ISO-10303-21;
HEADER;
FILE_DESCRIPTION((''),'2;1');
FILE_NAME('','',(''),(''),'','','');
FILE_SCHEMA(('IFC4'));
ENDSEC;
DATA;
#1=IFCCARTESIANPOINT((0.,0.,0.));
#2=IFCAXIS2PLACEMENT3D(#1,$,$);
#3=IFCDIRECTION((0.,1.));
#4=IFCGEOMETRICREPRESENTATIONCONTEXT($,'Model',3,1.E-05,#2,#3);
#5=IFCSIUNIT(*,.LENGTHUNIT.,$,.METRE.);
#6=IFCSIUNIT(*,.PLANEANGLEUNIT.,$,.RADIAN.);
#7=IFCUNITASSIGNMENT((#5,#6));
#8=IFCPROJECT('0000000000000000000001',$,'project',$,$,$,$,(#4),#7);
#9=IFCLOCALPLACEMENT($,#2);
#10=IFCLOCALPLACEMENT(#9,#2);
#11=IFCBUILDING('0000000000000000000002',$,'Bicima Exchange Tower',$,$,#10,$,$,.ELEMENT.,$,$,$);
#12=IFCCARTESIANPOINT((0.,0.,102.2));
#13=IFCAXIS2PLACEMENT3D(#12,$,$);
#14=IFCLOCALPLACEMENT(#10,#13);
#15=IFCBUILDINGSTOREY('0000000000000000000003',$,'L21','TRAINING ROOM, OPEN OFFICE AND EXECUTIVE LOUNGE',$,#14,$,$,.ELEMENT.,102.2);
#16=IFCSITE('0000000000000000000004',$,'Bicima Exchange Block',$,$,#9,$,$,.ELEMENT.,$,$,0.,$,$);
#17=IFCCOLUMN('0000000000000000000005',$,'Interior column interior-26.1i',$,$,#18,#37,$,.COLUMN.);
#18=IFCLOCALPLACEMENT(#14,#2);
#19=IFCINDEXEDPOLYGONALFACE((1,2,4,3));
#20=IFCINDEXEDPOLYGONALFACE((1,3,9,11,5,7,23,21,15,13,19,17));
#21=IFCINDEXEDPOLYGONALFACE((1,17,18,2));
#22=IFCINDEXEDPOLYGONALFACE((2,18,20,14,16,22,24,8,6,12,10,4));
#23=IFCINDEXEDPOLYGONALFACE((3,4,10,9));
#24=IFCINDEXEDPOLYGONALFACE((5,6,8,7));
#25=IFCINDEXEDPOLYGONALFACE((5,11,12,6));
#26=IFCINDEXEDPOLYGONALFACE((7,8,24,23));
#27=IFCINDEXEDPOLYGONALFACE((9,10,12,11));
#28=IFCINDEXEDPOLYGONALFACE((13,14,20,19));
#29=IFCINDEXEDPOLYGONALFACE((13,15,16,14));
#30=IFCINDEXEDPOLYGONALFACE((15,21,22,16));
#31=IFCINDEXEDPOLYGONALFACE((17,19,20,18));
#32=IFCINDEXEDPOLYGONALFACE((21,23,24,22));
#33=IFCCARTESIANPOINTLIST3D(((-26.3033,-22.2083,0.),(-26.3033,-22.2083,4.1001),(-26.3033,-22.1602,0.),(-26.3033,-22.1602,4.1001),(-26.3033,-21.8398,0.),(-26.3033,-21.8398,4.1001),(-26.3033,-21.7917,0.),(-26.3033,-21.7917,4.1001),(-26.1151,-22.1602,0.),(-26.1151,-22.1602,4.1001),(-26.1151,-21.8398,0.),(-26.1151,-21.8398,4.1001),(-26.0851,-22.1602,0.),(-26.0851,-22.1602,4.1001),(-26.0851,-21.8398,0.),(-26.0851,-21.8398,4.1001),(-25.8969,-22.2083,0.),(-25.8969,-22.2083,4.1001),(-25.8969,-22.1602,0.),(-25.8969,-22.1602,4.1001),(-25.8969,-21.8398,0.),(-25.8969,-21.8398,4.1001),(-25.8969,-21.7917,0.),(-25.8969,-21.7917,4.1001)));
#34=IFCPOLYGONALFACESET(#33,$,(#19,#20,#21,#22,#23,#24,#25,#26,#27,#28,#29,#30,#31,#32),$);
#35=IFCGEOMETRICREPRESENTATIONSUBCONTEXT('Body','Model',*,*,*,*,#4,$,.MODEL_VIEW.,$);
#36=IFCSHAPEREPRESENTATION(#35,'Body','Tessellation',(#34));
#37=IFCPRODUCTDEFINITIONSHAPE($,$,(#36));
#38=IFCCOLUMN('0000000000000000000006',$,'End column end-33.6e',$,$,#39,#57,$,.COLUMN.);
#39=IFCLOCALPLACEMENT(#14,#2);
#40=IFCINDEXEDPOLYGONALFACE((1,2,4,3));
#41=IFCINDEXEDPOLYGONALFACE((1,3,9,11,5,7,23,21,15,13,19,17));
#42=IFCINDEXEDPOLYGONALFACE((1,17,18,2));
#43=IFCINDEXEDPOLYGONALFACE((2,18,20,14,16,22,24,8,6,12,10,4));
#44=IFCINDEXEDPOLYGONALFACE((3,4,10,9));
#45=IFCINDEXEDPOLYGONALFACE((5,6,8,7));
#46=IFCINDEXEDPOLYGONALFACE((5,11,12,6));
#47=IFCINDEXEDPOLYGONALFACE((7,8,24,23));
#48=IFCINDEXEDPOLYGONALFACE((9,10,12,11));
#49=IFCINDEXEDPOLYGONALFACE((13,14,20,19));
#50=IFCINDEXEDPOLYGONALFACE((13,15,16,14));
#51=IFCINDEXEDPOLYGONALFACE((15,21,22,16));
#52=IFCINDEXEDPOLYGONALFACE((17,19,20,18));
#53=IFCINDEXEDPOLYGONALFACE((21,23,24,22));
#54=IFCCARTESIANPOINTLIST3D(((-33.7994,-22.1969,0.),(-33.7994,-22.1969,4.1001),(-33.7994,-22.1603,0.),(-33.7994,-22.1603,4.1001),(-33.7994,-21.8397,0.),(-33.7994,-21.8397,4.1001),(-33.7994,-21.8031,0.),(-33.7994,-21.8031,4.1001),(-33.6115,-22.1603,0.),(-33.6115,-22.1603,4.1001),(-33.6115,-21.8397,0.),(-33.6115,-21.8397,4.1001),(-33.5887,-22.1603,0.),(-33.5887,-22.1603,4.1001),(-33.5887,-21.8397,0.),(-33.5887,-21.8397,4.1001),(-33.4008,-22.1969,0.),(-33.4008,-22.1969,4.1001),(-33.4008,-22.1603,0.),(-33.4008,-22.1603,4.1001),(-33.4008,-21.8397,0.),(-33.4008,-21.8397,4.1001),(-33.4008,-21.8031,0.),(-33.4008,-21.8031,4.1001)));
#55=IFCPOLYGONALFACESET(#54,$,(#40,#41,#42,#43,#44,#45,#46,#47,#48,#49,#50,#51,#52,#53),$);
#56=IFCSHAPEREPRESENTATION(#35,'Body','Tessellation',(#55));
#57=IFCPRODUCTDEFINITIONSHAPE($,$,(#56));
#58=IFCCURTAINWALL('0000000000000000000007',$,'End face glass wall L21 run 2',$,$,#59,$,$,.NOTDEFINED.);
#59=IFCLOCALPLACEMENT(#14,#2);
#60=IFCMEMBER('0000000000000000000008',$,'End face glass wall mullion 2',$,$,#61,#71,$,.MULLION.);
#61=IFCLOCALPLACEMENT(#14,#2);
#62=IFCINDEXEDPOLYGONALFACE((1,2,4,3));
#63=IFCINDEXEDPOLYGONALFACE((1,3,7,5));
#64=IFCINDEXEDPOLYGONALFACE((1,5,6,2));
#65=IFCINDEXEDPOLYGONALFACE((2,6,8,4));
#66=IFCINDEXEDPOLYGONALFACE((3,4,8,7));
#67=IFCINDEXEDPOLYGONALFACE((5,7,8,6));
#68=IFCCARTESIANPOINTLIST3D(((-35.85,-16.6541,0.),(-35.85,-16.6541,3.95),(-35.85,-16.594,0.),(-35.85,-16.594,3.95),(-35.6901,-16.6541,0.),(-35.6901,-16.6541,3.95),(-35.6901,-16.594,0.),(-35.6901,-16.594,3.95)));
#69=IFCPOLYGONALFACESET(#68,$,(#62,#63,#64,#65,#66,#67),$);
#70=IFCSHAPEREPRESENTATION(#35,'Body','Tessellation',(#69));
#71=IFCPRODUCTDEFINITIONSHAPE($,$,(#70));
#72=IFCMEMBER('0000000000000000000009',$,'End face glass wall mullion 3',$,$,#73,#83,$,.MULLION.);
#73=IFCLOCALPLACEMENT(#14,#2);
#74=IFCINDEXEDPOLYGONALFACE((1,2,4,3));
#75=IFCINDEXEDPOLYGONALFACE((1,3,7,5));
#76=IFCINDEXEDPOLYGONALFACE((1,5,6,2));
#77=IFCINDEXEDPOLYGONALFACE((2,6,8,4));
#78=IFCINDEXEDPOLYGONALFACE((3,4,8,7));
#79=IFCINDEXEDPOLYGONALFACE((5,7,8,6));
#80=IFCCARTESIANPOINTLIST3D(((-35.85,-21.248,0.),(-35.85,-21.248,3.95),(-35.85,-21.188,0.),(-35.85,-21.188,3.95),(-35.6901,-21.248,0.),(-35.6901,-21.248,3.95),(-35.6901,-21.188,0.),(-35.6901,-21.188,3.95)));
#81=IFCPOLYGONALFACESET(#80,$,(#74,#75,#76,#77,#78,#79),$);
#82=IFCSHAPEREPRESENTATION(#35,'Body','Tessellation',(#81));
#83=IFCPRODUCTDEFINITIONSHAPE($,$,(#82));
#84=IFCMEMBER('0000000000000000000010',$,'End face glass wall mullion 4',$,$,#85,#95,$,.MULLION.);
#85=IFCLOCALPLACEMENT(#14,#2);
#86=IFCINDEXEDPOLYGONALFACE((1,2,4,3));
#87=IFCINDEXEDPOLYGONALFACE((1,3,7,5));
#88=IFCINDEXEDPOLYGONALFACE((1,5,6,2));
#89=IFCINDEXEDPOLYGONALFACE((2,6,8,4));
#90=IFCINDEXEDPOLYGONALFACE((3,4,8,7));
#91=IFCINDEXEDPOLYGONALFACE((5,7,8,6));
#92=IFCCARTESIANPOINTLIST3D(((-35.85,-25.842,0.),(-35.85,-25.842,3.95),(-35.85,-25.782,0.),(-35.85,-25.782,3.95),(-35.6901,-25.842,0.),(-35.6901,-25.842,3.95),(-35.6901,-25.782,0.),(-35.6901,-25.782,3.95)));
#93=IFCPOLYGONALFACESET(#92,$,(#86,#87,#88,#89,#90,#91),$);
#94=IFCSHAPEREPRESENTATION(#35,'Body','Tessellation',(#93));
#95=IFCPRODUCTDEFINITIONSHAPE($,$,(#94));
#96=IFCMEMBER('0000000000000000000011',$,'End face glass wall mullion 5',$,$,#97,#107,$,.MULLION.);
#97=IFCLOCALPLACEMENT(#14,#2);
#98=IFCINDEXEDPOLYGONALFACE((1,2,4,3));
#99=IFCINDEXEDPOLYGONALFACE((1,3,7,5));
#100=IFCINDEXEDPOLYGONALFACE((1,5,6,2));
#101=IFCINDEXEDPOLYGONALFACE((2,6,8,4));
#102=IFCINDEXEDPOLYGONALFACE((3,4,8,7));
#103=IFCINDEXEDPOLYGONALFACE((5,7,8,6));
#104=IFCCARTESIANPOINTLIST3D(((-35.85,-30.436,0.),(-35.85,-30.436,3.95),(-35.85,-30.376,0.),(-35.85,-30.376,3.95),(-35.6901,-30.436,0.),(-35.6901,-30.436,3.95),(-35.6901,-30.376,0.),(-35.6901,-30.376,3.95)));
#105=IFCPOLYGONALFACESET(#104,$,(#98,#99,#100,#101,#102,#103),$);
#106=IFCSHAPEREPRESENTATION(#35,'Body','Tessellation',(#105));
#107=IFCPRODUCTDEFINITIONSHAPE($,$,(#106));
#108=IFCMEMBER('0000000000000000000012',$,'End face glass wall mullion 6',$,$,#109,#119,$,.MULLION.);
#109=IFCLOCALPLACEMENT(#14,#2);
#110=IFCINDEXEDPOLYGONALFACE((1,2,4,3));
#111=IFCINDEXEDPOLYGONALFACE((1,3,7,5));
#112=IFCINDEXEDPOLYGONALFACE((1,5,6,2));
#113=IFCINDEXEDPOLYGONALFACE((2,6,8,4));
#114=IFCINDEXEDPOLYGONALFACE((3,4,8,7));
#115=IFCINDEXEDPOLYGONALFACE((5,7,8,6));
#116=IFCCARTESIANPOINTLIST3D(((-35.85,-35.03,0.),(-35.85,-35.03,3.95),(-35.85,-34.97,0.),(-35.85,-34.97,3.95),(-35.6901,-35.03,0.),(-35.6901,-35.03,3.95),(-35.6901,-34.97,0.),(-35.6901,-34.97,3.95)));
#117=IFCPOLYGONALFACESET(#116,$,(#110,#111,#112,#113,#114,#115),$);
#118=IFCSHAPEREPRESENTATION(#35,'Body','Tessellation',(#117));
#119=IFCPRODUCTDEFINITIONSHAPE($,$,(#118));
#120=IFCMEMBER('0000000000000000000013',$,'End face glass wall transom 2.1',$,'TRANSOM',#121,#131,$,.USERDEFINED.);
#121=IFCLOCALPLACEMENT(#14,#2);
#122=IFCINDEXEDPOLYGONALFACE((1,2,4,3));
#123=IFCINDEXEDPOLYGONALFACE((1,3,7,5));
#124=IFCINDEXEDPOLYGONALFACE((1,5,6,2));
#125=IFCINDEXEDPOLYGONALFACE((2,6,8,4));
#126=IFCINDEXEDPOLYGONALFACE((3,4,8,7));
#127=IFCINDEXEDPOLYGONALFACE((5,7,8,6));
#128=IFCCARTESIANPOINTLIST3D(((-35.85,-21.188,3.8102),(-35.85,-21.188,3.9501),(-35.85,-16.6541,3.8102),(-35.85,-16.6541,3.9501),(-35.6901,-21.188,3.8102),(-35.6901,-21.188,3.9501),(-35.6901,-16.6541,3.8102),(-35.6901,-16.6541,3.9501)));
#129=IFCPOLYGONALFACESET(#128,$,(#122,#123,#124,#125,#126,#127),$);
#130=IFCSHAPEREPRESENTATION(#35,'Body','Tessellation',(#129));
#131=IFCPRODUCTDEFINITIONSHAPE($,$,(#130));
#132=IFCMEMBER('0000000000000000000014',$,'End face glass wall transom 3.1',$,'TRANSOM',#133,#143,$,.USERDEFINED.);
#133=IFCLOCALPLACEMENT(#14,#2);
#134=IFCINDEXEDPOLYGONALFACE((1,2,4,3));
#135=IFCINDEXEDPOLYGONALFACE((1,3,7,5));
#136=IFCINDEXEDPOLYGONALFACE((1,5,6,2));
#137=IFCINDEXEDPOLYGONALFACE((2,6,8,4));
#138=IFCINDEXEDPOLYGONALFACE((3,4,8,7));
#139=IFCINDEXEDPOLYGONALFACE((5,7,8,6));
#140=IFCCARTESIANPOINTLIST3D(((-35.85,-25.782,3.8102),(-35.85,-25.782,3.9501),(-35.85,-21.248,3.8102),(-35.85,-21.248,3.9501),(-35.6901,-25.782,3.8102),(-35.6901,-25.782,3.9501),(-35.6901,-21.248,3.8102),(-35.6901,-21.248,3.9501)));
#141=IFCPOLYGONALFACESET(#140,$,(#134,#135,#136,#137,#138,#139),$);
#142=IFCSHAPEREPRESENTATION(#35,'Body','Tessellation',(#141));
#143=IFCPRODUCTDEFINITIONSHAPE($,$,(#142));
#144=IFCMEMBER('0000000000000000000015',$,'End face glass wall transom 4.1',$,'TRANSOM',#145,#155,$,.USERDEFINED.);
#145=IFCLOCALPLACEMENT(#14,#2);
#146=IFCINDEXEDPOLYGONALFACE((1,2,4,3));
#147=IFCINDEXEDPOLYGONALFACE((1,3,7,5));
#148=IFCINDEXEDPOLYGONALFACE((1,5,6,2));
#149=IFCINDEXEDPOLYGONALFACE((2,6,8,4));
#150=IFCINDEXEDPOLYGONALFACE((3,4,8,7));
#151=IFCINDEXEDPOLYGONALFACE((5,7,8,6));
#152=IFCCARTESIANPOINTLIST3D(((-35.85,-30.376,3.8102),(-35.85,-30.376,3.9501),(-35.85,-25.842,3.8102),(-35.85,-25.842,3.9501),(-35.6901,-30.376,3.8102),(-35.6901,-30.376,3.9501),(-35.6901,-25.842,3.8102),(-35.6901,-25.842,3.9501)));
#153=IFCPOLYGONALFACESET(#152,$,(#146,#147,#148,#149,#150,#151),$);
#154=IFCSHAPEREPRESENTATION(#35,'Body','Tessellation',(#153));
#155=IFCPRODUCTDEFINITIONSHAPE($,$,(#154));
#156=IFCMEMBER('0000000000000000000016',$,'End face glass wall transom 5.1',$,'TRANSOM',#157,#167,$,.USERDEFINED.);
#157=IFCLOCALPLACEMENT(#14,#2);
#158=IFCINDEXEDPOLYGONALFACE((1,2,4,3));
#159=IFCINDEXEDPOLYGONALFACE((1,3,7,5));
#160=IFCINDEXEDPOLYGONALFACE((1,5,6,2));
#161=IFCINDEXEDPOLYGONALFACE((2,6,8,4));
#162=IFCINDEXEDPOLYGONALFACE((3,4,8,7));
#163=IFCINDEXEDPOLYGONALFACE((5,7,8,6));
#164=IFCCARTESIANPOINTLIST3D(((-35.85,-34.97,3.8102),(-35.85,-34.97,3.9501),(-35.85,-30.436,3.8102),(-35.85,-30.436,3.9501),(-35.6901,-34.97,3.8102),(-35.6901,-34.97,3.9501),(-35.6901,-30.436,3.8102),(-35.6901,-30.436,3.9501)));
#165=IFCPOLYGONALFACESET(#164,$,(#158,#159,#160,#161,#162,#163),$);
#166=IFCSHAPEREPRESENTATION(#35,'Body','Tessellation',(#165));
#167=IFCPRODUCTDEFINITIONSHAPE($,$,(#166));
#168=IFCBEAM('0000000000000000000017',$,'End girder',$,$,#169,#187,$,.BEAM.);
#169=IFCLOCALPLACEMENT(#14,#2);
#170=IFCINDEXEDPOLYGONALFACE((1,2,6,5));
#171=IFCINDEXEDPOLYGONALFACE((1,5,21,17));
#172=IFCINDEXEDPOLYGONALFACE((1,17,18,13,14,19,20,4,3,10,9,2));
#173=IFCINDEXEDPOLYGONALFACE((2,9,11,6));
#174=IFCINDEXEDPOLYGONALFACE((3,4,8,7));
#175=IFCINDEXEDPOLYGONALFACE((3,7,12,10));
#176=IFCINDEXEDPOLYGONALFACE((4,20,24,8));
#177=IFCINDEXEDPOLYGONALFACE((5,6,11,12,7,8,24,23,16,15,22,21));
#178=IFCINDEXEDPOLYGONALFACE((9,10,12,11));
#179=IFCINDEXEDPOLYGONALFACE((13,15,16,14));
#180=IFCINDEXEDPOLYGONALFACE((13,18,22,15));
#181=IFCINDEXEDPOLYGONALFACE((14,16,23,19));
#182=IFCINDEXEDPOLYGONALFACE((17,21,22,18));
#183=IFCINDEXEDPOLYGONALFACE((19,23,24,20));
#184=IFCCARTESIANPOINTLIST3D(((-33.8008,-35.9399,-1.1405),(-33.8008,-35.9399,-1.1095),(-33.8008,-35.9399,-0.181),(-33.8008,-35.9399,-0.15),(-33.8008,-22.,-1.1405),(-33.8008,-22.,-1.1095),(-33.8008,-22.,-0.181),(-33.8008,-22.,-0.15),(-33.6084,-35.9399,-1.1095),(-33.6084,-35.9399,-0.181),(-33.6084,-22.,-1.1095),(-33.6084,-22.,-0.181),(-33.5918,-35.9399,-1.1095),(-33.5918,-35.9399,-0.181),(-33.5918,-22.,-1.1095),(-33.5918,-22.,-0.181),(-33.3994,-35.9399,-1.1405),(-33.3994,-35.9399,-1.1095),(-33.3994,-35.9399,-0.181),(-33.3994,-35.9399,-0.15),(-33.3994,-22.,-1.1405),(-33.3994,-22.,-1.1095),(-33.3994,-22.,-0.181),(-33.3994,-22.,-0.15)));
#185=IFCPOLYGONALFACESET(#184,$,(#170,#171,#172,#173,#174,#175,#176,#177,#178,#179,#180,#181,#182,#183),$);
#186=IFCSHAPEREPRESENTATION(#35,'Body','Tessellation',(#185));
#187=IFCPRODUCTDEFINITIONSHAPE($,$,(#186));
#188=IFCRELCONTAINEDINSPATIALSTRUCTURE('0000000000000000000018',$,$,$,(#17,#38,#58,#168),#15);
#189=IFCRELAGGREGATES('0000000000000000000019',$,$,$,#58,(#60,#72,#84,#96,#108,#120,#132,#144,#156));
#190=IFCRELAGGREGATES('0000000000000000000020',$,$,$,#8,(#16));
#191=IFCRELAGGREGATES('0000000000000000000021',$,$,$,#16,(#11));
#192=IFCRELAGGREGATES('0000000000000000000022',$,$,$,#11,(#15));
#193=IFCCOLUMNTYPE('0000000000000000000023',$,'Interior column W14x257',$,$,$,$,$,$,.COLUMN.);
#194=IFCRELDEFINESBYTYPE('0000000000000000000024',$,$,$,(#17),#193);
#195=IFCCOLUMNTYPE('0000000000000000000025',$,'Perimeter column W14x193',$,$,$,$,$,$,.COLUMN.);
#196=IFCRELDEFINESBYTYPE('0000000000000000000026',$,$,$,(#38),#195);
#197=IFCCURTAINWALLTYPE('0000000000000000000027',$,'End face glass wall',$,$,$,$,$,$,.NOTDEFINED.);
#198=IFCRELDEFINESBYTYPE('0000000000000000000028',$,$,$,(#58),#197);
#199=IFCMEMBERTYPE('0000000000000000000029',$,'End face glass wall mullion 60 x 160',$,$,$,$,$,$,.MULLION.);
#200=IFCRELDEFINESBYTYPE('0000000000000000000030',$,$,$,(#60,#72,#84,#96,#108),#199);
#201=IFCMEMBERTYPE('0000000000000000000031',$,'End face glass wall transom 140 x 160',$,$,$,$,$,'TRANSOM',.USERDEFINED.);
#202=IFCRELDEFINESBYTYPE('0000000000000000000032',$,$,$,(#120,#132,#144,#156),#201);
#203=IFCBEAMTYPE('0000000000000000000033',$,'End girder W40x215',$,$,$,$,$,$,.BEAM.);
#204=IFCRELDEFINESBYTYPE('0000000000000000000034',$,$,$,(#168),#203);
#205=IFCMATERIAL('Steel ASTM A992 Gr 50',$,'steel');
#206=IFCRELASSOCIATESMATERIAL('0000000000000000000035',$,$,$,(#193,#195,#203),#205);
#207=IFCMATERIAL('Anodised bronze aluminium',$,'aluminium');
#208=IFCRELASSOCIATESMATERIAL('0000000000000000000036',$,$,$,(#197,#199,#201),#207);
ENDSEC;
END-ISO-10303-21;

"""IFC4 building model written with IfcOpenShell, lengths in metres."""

from ifc_helpers import new_model, si_unit, direction, frame, origin, origin_2d, place, context, subcontext, project, spatial, rectangle, i_section, extrude, material, material_profile, profile_set, type_object, element, aggregate, save


model = new_model("IFC4")

# Units and contexts
model_context = context("Model", 3, precision=1e-05, world=origin(), true_north=direction((0.0, 1.0)))
body_context = subcontext(model_context, "Body", "Model", "MODEL_VIEW")
ifc_project = project(units=[si_unit("LENGTHUNIT", "METRE"), si_unit("PLANEANGLEUNIT", "RADIAN")], contexts=[model_context])

# Site, building, storey
site_placement = place(None, origin())
site = spatial("IfcSite", under=ifc_project, at=site_placement, Name="Bicima Exchange Block", CompositionType="ELEMENT", RefElevation=0.0)
building_placement = place(site_placement, origin())
building = spatial("IfcBuilding", under=site, at=building_placement, Name="Bicima Exchange Tower", CompositionType="ELEMENT")
storey_placement = place(building_placement, frame((0.0, 0.0, 102.2)))
storey = spatial("IfcBuildingStorey", under=building, at=storey_placement, Name="L21", Description="TRAINING ROOM, OPEN OFFICE AND EXECUTIVE LOUNGE", CompositionType="ELEMENT", Elevation=102.2)

# Columns
ifc_material_1 = material(Name="Steel ASTM A992 Gr 50", Category="steel")
ifc_material_profile_1 = material_profile(ifc_material_1, i_section(OverallWidth=0.4065, OverallDepth=0.4165, WebThickness=0.03, FlangeThickness=0.0481, at=origin_2d()))
ifc_profile_set_1 = profile_set([ifc_material_profile_1], Name="Steel ASTM A992 Gr 50")
column_type_1 = type_object("IfcColumnType", Name="Interior column W14x257", PredefinedType="COLUMN", material=ifc_profile_set_1)
column_1_placement = place(storey_placement, frame((-26.1001, -22.0, 0.0), z_axis=(0.0, 0.0, 1.0), x_axis=(1.0, 0.0, 0.0)))
element("IfcColumn", 1, at=column_1_placement, inside=storey, type_object=column_type_1, Name="Interior column interior-26.1i", PredefinedType="COLUMN", context=body_context, shape_type="SweptSolid", body=[
    extrude(i_section(OverallWidth=0.4065, OverallDepth=0.4165, WebThickness=0.03, FlangeThickness=0.0481, at=origin_2d()), origin(), (0.0, 0.0, 1.0), 4.1001),
])
ifc_material_profile_2 = material_profile(ifc_material_1, i_section(OverallWidth=0.3987, OverallDepth=0.3938, WebThickness=0.0227, FlangeThickness=0.0366, at=origin_2d()))
ifc_profile_set_2 = profile_set([ifc_material_profile_2], Name="Steel ASTM A992 Gr 50")
column_type_2 = type_object("IfcColumnType", Name="Perimeter column W14x193", PredefinedType="COLUMN", material=ifc_profile_set_2)
column_2_placement = place(storey_placement, frame((-33.6001, -22.0, 0.0), z_axis=(0.0, 0.0, 1.0), x_axis=(1.0, 0.0, 0.0)))
element("IfcColumn", 2, at=column_2_placement, inside=storey, type_object=column_type_2, Name="End column end-33.6e", PredefinedType="COLUMN", context=body_context, shape_type="SweptSolid", body=[
    extrude(i_section(OverallWidth=0.3987, OverallDepth=0.3938, WebThickness=0.0227, FlangeThickness=0.0366, at=origin_2d()), origin(), (0.0, 0.0, 1.0), 4.1001),
])

# Curtain wall, members
ifc_material_2 = material(Name="Anodised bronze aluminium", Category="aluminium")
curtain_wall_type_1 = type_object("IfcCurtainWallType", Name="End face glass wall", PredefinedType="NOTDEFINED", material=ifc_material_2)
curtain_wall_1_placement = place(storey_placement, origin())
curtain_wall_1 = element("IfcCurtainWall", 3, at=curtain_wall_1_placement, inside=storey, type_object=curtain_wall_type_1, Name="End face glass wall L21 run 2", PredefinedType="NOTDEFINED")
ifc_material_profile_3 = material_profile(ifc_material_2, rectangle(XDim=0.1599, YDim=0.0601, at=origin_2d()))
ifc_profile_set_3 = profile_set([ifc_material_profile_3], Name="Anodised bronze aluminium")
member_type_1 = type_object("IfcMemberType", Name="End face glass wall mullion 60 x 160", PredefinedType="MULLION", material=ifc_profile_set_3)
member_1_placement = place(storey_placement, frame((-35.77, -16.624, 0.0), z_axis=(0.0, 0.0, 1.0), x_axis=(1.0, 0.0, 0.0)))
member_1 = element("IfcMember", 4, at=member_1_placement, type_object=member_type_1, Name="End face glass wall mullion 2", PredefinedType="MULLION", context=body_context, shape_type="SweptSolid", body=[
    extrude(rectangle(XDim=0.1599, YDim=0.0601, at=origin_2d()), origin(), (0.0, 0.0, 1.0), 3.95),
])
member_2_placement = place(storey_placement, frame((-35.77, -21.218, 0.0), z_axis=(0.0, 0.0, 1.0), x_axis=(1.0, 0.0, 0.0)))
member_2 = element("IfcMember", 5, at=member_2_placement, type_object=member_type_1, Name="End face glass wall mullion 3", PredefinedType="MULLION", context=body_context, shape_type="SweptSolid", body=[
    extrude(rectangle(XDim=0.1599, YDim=0.0601, at=origin_2d()), origin(), (0.0, 0.0, 1.0), 3.95),
])
member_3_placement = place(storey_placement, frame((-35.77, -25.812, 0.0), z_axis=(0.0, 0.0, 1.0), x_axis=(1.0, 0.0, 0.0)))
member_3 = element("IfcMember", 6, at=member_3_placement, type_object=member_type_1, Name="End face glass wall mullion 4", PredefinedType="MULLION", context=body_context, shape_type="SweptSolid", body=[
    extrude(rectangle(XDim=0.1599, YDim=0.0601, at=origin_2d()), origin(), (0.0, 0.0, 1.0), 3.95),
])
member_4_placement = place(storey_placement, frame((-35.77, -30.406, 0.0), z_axis=(0.0, 0.0, 1.0), x_axis=(1.0, 0.0, 0.0)))
member_4 = element("IfcMember", 7, at=member_4_placement, type_object=member_type_1, Name="End face glass wall mullion 5", PredefinedType="MULLION", context=body_context, shape_type="SweptSolid", body=[
    extrude(rectangle(XDim=0.1599, YDim=0.0601, at=origin_2d()), origin(), (0.0, 0.0, 1.0), 3.95),
])
member_5_placement = place(storey_placement, frame((-35.77, -35.0, 0.0), z_axis=(0.0, 0.0, 1.0), x_axis=(1.0, 0.0, 0.0)))
member_5 = element("IfcMember", 8, at=member_5_placement, type_object=member_type_1, Name="End face glass wall mullion 6", PredefinedType="MULLION", context=body_context, shape_type="SweptSolid", body=[
    extrude(rectangle(XDim=0.1599, YDim=0.0601, at=origin_2d()), origin(), (0.0, 0.0, 1.0), 3.95),
])
ifc_material_profile_4 = material_profile(ifc_material_2, rectangle(XDim=0.1599, YDim=0.1399, at=origin_2d()))
ifc_profile_set_4 = profile_set([ifc_material_profile_4], Name="Anodised bronze aluminium")
member_type_2 = type_object("IfcMemberType", Name="End face glass wall transom 140 x 160", ElementType="TRANSOM", PredefinedType="USERDEFINED", material=ifc_profile_set_4)
member_6_placement = place(storey_placement, frame((-35.77, -16.6541, 3.8801), z_axis=(0.0, -1.0, 0.0), x_axis=(1.0, 0.0, 0.0)))
member_6 = element("IfcMember", 9, at=member_6_placement, type_object=member_type_2, Name="End face glass wall transom 2.1", ObjectType="TRANSOM", PredefinedType="USERDEFINED", context=body_context, shape_type="SweptSolid", body=[
    extrude(rectangle(XDim=0.1599, YDim=0.1399, at=origin_2d()), origin(), (0.0, 0.0, 1.0), 4.5339),
])
member_7_placement = place(storey_placement, frame((-35.77, -21.248, 3.8801), z_axis=(0.0, -1.0, 0.0), x_axis=(1.0, 0.0, 0.0)))
member_7 = element("IfcMember", 10, at=member_7_placement, type_object=member_type_2, Name="End face glass wall transom 3.1", ObjectType="TRANSOM", PredefinedType="USERDEFINED", context=body_context, shape_type="SweptSolid", body=[
    extrude(rectangle(XDim=0.1599, YDim=0.1399, at=origin_2d()), origin(), (0.0, 0.0, 1.0), 4.5339),
])
member_8_placement = place(storey_placement, frame((-35.77, -25.842, 3.8801), z_axis=(0.0, -1.0, 0.0), x_axis=(1.0, 0.0, 0.0)))
member_8 = element("IfcMember", 11, at=member_8_placement, type_object=member_type_2, Name="End face glass wall transom 4.1", ObjectType="TRANSOM", PredefinedType="USERDEFINED", context=body_context, shape_type="SweptSolid", body=[
    extrude(rectangle(XDim=0.1599, YDim=0.1399, at=origin_2d()), origin(), (0.0, 0.0, 1.0), 4.5339),
])
member_9_placement = place(storey_placement, frame((-35.77, -30.436, 3.8801), z_axis=(0.0, -1.0, 0.0), x_axis=(1.0, 0.0, 0.0)))
member_9 = element("IfcMember", 12, at=member_9_placement, type_object=member_type_2, Name="End face glass wall transom 5.1", ObjectType="TRANSOM", PredefinedType="USERDEFINED", context=body_context, shape_type="SweptSolid", body=[
    extrude(rectangle(XDim=0.1599, YDim=0.1399, at=origin_2d()), origin(), (0.0, 0.0, 1.0), 4.5339),
])

# Beam
ifc_material_profile_5 = material_profile(ifc_material_1, i_section(OverallWidth=0.4014, OverallDepth=0.9905, WebThickness=0.0166, FlangeThickness=0.031, at=origin_2d()))
ifc_profile_set_5 = profile_set([ifc_material_profile_5], Name="Steel ASTM A992 Gr 50")
beam_type_1 = type_object("IfcBeamType", Name="End girder W40x215", PredefinedType="BEAM", material=ifc_profile_set_5)
beam_1_placement = place(storey_placement, frame((-33.6001, -22.0, -0.6453), z_axis=(0.0, -1.0, 0.0), x_axis=(1.0, 0.0, 0.0)))
element("IfcBeam", 13, at=beam_1_placement, inside=storey, type_object=beam_type_1, Name="End girder", PredefinedType="BEAM", context=body_context, shape_type="SweptSolid", body=[
    extrude(i_section(OverallWidth=0.4014, OverallDepth=0.9905, WebThickness=0.0166, FlangeThickness=0.031, at=origin_2d()), origin(), (0.0, 0.0, 1.0), 13.9399),
])

aggregate(curtain_wall_1, [member_1, member_2, member_3, member_4, member_5, member_6, member_7, member_8, member_9])

save(model, "model.ifc")
